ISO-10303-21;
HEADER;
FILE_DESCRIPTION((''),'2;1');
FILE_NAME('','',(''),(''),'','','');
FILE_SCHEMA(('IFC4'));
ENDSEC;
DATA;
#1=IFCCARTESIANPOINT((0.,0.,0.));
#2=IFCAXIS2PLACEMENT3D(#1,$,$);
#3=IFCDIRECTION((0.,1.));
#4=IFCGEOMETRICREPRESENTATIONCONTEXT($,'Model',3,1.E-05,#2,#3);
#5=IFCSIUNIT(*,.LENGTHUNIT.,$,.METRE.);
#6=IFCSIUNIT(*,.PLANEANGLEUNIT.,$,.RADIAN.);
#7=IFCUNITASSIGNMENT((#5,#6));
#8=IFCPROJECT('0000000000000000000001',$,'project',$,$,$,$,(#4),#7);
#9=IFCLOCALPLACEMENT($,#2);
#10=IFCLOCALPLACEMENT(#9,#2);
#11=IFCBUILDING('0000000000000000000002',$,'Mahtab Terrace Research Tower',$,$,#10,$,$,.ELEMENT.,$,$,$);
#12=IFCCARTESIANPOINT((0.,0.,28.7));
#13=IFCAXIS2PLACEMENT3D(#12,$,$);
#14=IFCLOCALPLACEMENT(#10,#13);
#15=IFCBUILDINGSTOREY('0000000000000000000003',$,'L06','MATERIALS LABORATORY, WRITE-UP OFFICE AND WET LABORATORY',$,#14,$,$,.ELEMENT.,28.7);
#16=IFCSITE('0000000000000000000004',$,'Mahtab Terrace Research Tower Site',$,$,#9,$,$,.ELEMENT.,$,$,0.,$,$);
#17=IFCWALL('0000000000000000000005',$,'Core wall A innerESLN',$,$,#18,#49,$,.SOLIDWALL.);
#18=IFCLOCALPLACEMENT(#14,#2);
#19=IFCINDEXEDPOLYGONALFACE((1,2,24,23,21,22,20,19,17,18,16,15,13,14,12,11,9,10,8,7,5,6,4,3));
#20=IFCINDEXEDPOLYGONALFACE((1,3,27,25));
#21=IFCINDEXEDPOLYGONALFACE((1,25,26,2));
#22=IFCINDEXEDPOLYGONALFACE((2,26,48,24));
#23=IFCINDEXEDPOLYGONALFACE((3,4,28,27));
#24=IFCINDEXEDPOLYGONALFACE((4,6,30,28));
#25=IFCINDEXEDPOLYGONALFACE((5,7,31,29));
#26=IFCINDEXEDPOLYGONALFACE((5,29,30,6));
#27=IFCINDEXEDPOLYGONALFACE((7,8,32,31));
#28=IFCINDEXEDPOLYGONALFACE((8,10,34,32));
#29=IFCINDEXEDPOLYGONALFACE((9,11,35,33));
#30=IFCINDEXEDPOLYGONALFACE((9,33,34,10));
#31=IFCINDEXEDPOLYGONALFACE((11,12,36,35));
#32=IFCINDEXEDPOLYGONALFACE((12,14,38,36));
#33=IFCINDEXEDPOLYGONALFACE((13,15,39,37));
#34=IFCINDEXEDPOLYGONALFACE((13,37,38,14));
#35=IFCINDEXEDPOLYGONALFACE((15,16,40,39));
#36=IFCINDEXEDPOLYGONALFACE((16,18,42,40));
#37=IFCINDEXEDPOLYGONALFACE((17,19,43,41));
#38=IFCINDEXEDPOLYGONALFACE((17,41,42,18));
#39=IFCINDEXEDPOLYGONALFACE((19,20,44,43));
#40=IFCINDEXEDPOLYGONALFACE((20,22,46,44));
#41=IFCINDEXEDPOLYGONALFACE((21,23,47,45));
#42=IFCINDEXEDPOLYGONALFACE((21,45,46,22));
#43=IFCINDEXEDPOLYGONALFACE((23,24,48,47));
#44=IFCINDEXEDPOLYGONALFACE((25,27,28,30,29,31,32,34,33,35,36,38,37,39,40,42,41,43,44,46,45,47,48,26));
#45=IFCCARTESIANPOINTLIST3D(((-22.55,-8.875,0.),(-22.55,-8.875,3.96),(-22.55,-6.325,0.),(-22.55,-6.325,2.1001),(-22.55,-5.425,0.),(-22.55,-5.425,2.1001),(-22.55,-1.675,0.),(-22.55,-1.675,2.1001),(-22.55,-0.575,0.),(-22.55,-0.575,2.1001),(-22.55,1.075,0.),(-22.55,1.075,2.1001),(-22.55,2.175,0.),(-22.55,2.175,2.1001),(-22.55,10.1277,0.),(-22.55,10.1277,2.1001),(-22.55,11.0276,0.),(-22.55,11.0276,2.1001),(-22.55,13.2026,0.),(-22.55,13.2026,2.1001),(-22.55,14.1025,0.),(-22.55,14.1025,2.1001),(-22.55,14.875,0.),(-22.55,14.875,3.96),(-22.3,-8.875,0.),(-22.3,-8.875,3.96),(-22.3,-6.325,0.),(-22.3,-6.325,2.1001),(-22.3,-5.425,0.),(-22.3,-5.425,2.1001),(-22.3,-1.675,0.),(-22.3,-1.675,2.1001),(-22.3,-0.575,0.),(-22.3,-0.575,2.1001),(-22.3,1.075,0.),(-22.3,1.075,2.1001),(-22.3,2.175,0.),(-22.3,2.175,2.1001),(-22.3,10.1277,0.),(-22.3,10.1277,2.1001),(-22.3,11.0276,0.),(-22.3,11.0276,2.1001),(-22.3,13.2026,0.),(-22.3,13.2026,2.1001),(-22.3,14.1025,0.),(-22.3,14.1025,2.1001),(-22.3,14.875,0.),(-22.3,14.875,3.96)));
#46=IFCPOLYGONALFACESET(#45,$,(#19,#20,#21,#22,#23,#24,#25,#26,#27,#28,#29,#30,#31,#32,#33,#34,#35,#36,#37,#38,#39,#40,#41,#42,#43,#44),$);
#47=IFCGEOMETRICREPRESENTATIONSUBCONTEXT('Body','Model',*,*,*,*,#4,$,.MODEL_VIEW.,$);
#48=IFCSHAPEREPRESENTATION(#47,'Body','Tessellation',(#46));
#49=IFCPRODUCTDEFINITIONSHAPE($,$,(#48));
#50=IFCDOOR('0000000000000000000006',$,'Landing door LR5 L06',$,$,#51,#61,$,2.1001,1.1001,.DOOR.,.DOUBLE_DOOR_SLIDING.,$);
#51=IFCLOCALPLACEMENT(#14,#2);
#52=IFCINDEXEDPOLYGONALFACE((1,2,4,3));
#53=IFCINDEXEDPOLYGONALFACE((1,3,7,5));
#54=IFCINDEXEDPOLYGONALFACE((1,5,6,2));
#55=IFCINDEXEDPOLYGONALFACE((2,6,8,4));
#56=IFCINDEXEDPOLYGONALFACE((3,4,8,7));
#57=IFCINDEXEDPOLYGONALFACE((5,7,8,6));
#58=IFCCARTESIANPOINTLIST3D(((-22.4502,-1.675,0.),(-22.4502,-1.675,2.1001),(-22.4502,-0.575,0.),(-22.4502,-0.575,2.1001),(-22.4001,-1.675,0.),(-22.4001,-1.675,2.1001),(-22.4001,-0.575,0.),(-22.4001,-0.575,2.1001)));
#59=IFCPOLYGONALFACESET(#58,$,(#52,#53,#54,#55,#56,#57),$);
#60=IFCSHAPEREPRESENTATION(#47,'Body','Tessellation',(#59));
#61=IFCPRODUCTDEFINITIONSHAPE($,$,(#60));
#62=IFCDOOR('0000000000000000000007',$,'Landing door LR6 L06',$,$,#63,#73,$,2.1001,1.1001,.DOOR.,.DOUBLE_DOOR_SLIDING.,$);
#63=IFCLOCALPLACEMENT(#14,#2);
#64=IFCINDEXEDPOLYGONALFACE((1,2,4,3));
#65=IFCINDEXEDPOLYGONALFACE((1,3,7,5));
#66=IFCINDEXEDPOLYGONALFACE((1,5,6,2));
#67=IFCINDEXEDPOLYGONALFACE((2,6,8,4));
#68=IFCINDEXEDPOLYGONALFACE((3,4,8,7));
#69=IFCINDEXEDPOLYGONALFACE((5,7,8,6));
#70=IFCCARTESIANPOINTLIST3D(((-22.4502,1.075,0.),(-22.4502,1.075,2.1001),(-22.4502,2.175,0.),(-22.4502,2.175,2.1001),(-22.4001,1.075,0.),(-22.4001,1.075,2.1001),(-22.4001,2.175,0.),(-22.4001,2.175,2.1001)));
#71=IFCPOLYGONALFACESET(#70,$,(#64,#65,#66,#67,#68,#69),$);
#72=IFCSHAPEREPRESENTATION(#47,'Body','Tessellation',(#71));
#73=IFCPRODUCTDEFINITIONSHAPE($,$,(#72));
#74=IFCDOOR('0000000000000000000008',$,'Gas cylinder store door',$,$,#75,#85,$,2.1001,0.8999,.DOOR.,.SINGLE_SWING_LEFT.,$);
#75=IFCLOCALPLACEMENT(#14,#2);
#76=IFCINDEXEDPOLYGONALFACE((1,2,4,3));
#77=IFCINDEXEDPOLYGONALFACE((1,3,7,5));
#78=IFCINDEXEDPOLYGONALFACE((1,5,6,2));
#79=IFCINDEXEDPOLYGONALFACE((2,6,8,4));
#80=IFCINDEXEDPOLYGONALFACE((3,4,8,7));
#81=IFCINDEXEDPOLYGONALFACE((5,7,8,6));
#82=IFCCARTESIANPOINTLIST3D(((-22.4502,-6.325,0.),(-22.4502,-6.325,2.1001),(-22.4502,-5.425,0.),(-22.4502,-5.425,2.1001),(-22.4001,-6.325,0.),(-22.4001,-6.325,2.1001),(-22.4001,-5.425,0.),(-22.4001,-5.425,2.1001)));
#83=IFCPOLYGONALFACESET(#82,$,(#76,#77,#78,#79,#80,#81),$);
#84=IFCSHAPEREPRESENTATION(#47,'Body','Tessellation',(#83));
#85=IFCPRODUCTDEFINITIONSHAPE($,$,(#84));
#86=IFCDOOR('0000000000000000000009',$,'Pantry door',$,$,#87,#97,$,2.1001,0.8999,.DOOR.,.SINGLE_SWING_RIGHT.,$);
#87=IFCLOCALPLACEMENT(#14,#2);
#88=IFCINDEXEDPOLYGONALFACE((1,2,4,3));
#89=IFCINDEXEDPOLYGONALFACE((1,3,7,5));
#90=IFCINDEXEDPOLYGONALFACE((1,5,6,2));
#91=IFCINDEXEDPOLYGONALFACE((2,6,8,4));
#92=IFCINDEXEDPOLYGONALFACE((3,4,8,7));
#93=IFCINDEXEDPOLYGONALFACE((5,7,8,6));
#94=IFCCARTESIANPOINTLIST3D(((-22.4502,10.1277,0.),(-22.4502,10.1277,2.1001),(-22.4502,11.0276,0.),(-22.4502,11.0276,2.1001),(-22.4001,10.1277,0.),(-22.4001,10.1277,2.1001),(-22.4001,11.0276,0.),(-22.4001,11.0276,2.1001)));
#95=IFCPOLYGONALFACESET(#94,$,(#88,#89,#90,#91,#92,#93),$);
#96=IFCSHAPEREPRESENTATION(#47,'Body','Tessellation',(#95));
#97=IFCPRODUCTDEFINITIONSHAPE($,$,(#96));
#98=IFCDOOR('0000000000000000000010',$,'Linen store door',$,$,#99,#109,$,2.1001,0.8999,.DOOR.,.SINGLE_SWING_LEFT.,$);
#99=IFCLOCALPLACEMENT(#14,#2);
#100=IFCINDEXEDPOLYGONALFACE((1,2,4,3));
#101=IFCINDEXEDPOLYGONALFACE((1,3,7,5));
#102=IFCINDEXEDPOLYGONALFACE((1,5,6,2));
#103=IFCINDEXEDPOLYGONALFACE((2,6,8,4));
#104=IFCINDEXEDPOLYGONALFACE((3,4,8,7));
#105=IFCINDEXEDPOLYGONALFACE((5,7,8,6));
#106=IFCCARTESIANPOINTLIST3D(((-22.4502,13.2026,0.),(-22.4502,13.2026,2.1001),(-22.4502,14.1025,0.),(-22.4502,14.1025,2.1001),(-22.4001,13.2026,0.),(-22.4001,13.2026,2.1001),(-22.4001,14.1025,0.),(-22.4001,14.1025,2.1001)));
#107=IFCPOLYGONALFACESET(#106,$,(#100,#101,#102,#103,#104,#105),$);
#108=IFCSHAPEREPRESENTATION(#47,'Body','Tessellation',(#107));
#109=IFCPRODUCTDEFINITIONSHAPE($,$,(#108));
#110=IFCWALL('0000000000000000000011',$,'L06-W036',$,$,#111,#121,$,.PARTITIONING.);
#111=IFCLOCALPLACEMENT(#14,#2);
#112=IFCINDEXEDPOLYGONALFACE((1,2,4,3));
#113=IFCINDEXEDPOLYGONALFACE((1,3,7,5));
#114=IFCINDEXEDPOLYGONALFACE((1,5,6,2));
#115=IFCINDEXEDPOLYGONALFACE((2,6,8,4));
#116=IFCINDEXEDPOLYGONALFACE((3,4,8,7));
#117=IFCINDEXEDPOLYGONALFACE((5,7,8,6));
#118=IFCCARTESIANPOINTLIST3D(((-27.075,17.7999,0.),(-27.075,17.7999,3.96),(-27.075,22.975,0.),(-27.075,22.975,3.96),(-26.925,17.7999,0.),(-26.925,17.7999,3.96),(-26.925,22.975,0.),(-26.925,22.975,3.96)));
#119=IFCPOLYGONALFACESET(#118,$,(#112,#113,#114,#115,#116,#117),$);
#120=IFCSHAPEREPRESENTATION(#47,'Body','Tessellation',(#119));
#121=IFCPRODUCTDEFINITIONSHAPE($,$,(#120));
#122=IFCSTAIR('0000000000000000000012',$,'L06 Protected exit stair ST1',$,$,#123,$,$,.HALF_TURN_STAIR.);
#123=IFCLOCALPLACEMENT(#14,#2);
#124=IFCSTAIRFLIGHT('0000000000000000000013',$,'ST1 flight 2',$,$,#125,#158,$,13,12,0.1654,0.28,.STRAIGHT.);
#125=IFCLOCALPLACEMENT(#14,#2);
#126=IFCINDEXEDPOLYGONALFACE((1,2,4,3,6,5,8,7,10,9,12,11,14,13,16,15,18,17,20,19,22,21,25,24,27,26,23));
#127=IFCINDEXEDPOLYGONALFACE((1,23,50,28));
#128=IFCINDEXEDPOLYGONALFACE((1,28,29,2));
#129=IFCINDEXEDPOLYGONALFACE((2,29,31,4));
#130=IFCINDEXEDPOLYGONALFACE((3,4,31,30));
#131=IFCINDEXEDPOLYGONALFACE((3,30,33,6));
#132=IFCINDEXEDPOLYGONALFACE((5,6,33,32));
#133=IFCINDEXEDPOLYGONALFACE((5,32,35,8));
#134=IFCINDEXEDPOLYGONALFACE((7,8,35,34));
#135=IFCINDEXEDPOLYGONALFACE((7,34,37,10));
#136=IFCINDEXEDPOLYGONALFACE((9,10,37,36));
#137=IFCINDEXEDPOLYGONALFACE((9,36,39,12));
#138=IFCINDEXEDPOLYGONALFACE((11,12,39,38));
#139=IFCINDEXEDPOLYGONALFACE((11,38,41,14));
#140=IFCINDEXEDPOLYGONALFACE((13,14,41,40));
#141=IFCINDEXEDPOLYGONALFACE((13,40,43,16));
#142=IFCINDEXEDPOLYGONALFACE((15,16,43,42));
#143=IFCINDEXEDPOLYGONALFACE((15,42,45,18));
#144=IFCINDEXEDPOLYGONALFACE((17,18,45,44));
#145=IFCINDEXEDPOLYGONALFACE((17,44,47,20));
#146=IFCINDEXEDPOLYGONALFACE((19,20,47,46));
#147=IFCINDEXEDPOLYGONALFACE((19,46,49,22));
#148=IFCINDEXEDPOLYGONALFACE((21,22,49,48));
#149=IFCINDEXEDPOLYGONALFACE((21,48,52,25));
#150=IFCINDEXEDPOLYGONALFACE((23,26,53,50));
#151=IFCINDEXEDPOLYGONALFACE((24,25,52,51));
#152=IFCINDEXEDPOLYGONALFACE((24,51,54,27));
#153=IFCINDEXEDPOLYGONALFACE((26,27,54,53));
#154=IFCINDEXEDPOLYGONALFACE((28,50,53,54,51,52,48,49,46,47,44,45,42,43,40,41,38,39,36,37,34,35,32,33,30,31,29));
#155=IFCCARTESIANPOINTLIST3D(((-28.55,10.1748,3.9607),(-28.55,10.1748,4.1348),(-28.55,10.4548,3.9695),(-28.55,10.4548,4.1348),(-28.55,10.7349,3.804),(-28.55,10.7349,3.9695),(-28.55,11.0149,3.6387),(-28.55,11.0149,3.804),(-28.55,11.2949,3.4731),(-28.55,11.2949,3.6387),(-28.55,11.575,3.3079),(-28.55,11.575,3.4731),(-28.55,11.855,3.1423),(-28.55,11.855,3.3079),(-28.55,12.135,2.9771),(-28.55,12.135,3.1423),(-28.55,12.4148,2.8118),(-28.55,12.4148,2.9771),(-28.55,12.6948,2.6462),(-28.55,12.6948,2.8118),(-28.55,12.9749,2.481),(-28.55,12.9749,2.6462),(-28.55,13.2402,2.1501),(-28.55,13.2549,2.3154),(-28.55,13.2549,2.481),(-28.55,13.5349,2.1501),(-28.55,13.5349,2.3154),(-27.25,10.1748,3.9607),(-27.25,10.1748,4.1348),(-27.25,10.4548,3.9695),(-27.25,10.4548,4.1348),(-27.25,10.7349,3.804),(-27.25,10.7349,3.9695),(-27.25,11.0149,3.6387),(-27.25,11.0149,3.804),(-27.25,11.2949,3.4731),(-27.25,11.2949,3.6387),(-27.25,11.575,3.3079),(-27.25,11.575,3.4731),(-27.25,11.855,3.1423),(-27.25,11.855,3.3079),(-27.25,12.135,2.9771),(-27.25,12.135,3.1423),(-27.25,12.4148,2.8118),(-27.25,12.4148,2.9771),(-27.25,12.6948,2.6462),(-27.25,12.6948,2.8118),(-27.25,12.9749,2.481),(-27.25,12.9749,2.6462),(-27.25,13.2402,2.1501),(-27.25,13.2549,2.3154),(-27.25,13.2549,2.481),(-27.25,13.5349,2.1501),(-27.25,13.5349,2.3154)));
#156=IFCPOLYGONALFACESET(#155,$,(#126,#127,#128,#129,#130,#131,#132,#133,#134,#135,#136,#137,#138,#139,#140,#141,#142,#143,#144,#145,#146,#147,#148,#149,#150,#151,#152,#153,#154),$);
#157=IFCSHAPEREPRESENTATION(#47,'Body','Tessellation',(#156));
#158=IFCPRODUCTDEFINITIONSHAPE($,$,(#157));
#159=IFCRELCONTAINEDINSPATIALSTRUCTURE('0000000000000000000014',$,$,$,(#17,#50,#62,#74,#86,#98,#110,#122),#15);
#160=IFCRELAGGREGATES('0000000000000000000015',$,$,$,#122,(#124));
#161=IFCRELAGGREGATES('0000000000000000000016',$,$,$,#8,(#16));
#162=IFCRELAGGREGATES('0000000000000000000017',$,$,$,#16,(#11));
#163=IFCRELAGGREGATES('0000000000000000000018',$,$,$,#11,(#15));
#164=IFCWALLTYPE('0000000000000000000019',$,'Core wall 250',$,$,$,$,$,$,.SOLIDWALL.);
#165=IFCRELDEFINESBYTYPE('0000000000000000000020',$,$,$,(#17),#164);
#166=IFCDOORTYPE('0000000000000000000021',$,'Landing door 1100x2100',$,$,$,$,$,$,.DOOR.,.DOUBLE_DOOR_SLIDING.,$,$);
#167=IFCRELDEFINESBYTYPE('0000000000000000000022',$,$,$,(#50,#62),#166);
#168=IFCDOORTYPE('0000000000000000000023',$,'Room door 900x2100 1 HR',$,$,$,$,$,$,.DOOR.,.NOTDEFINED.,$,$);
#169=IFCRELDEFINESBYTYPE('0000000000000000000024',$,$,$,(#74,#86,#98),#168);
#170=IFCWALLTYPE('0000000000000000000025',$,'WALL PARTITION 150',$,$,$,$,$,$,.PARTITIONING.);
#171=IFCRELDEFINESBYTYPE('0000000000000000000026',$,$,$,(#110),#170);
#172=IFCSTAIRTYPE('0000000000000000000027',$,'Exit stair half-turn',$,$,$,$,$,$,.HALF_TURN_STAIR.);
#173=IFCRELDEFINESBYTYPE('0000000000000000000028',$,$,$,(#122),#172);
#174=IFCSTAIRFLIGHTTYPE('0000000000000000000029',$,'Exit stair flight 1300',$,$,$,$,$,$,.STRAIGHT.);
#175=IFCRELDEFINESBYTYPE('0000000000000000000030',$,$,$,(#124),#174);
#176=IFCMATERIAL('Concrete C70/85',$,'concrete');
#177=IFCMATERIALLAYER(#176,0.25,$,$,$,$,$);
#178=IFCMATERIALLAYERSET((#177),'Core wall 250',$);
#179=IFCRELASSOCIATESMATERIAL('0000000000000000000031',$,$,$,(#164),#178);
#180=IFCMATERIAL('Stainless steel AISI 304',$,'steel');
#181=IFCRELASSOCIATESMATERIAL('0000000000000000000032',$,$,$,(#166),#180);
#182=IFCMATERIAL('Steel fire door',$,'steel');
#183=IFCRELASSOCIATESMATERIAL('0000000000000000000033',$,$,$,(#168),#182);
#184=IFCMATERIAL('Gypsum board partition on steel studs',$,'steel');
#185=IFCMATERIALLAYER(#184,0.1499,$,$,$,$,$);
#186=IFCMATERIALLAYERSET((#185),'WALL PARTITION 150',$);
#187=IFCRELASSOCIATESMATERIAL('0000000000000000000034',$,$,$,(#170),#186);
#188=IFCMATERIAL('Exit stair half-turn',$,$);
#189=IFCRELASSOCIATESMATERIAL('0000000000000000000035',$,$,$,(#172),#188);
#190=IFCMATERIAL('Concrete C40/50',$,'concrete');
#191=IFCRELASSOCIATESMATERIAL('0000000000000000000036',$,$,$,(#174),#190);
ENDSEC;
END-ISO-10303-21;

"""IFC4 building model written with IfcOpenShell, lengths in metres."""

from ifc_helpers import new_model, si_unit, direction, frame, frame_2d, origin, place, context, subcontext, project, spatial, polyline, rectangle, outline, extrude, material, layer, layer_set, type_object, element, fill, aggregate, save


model = new_model("IFC4")

# Units and contexts
model_context = context("Model", 3, precision=1e-05, world=origin(), true_north=direction((0.0, 1.0)))
body_context = subcontext(model_context, "Body", "Model", "MODEL_VIEW")
ifc_project = project(units=[si_unit("LENGTHUNIT", "METRE"), si_unit("PLANEANGLEUNIT", "RADIAN")], contexts=[model_context])

# Site, building, storey
site_placement = place(None, origin())
site = spatial("IfcSite", under=ifc_project, at=site_placement, Name="Mahtab Terrace Research Tower Site", CompositionType="ELEMENT", RefElevation=0.0)
building_placement = place(site_placement, origin())
building = spatial("IfcBuilding", under=site, at=building_placement, Name="Mahtab Terrace Research Tower", CompositionType="ELEMENT")
storey_placement = place(building_placement, frame((0.0, 0.0, 28.7)))
storey = spatial("IfcBuildingStorey", under=building, at=storey_placement, Name="L06", Description="MATERIALS LABORATORY, WRITE-UP OFFICE AND WET LABORATORY", CompositionType="ELEMENT", Elevation=28.7)

# Shared definitions
ifc_material_1 = material(Name="Concrete C70/85", Category="concrete")
ifc_layer_1 = layer(ifc_material_1, 0.25)
ifc_layer_set_1 = layer_set([ifc_layer_1], Name="Core wall 250")
wall_type_1 = type_object("IfcWallType", Name="Core wall 250", PredefinedType="SOLIDWALL", material=ifc_layer_set_1)

# Shared definitions
ifc_material_2 = material(Name="Steel fire door", Category="steel")

# Wall, openings, doors
wall_1_placement = place(storey_placement, frame((-22.425, 14.875, 0.0), z_axis=(0.0, 0.0, 1.0), x_axis=(0.0, -1.0, 0.0)))
wall_1 = element("IfcWall", 1, at=wall_1_placement, inside=storey, type_object=wall_type_1, Name="Core wall A innerESLN", PredefinedType="SOLIDWALL", context=body_context, shape_type="SweptSolid", body=[
    extrude(rectangle(XDim=23.75, YDim=0.25, at=frame_2d((11.875, 0.0))), origin(), (0.0, 0.0, 1.0), 3.96),
])
opening_1_placement = place(wall_1_placement, frame((15.45, 0.0, 0.0)))
opening_1 = element("IfcOpeningElement", 2, at=opening_1_placement, cuts=wall_1, PredefinedType="OPENING", context=body_context, shape_type="SweptSolid", body=[
    extrude(rectangle(XDim=1.1001, YDim=2.1001, at=frame_2d((0.55, 1.05))), frame((0.0, 0.135, 0.0), z_axis=(0.0, -1.0, 0.0), x_axis=(1.0, 0.0, 0.0)), (0.0, 0.0, 1.0), 0.27),
])
opening_2_placement = place(wall_1_placement, frame((12.7, 0.0, 0.0)))
opening_2 = element("IfcOpeningElement", 3, at=opening_2_placement, cuts=wall_1, PredefinedType="OPENING", context=body_context, shape_type="SweptSolid", body=[
    extrude(rectangle(XDim=1.1001, YDim=2.1001, at=frame_2d((0.55, 1.05))), frame((0.0, 0.135, 0.0), z_axis=(0.0, -1.0, 0.0), x_axis=(1.0, 0.0, 0.0)), (0.0, 0.0, 1.0), 0.27),
])
opening_3_placement = place(wall_1_placement, frame((20.3, 0.0, 0.0)))
opening_3 = element("IfcOpeningElement", 4, at=opening_3_placement, cuts=wall_1, PredefinedType="OPENING", context=body_context, shape_type="SweptSolid", body=[
    extrude(rectangle(XDim=0.8999, YDim=2.1001, at=frame_2d((0.45, 1.05))), frame((0.0, 0.135, 0.0), z_axis=(0.0, -1.0, 0.0), x_axis=(1.0, 0.0, 0.0)), (0.0, 0.0, 1.0), 0.27),
])
opening_4_placement = place(wall_1_placement, frame((3.8474, 0.0, 0.0)))
opening_4 = element("IfcOpeningElement", 5, at=opening_4_placement, cuts=wall_1, PredefinedType="OPENING", context=body_context, shape_type="SweptSolid", body=[
    extrude(rectangle(XDim=0.8999, YDim=2.1001, at=frame_2d((0.45, 1.05))), frame((0.0, 0.135, 0.0), z_axis=(0.0, -1.0, 0.0), x_axis=(1.0, 0.0, 0.0)), (0.0, 0.0, 1.0), 0.27),
])
opening_5_placement = place(wall_1_placement, frame((0.7725, 0.0, 0.0)))
opening_5 = element("IfcOpeningElement", 6, at=opening_5_placement, cuts=wall_1, PredefinedType="OPENING", context=body_context, shape_type="SweptSolid", body=[
    extrude(rectangle(XDim=0.8999, YDim=2.1001, at=frame_2d((0.45, 1.05))), frame((0.0, 0.135, 0.0), z_axis=(0.0, -1.0, 0.0), x_axis=(1.0, 0.0, 0.0)), (0.0, 0.0, 1.0), 0.27),
])
ifc_material_3 = material(Name="Stainless steel AISI 304", Category="steel")
door_type_1 = type_object("IfcDoorType", Name="Landing door 1100x2100", OperationType="DOUBLE_DOOR_SLIDING", PredefinedType="DOOR", material=ifc_material_3)
door_1_placement = place(opening_1_placement, origin())
door_1 = element("IfcDoor", 7, at=door_1_placement, inside=storey, type_object=door_type_1, Name="Landing door LR5 L06", OperationType="DOUBLE_DOOR_SLIDING", OverallHeight=2.1001, OverallWidth=1.1001, PredefinedType="DOOR", context=body_context, shape_type="SweptSolid", body=[
    extrude(rectangle(XDim=1.1001, YDim=2.1001, at=frame_2d((0.55, 1.05))), frame((0.0, 0.0249, 0.0), z_axis=(0.0, -1.0, 0.0), x_axis=(1.0, 0.0, 0.0)), (0.0, 0.0, 1.0), 0.05),
])
fill(opening_1, door_1)
door_2_placement = place(opening_2_placement, origin())
door_2 = element("IfcDoor", 8, at=door_2_placement, inside=storey, type_object=door_type_1, Name="Landing door LR6 L06", OperationType="DOUBLE_DOOR_SLIDING", OverallHeight=2.1001, OverallWidth=1.1001, PredefinedType="DOOR", context=body_context, shape_type="SweptSolid", body=[
    extrude(rectangle(XDim=1.1001, YDim=2.1001, at=frame_2d((0.55, 1.05))), frame((0.0, 0.0249, 0.0), z_axis=(0.0, -1.0, 0.0), x_axis=(1.0, 0.0, 0.0)), (0.0, 0.0, 1.0), 0.05),
])
fill(opening_2, door_2)
door_type_2 = type_object("IfcDoorType", Name="Room door 900x2100 1 HR", OperationType="NOTDEFINED", PredefinedType="DOOR", material=ifc_material_2)
door_3_placement = place(opening_3_placement, origin())
door_3 = element("IfcDoor", 9, at=door_3_placement, inside=storey, type_object=door_type_2, Name="Gas cylinder store door", OperationType="SINGLE_SWING_LEFT", OverallHeight=2.1001, OverallWidth=0.8999, PredefinedType="DOOR", context=body_context, shape_type="SweptSolid", body=[
    extrude(rectangle(XDim=0.8999, YDim=2.1001, at=frame_2d((0.45, 1.05))), frame((0.0, 0.0249, 0.0), z_axis=(0.0, -1.0, 0.0), x_axis=(1.0, 0.0, 0.0)), (0.0, 0.0, 1.0), 0.05),
])
fill(opening_3, door_3)
door_4_placement = place(opening_4_placement, origin())
door_4 = element("IfcDoor", 10, at=door_4_placement, inside=storey, type_object=door_type_2, Name="Pantry door", OperationType="SINGLE_SWING_RIGHT", OverallHeight=2.1001, OverallWidth=0.8999, PredefinedType="DOOR", context=body_context, shape_type="SweptSolid", body=[
    extrude(rectangle(XDim=0.8999, YDim=2.1001, at=frame_2d((0.45, 1.05))), frame((0.0, 0.0249, 0.0), z_axis=(0.0, -1.0, 0.0), x_axis=(1.0, 0.0, 0.0)), (0.0, 0.0, 1.0), 0.05),
])
fill(opening_4, door_4)
door_5_placement = place(opening_5_placement, origin())
door_5 = element("IfcDoor", 11, at=door_5_placement, inside=storey, type_object=door_type_2, Name="Linen store door", OperationType="SINGLE_SWING_LEFT", OverallHeight=2.1001, OverallWidth=0.8999, PredefinedType="DOOR", context=body_context, shape_type="SweptSolid", body=[
    extrude(rectangle(XDim=0.8999, YDim=2.1001, at=frame_2d((0.45, 1.05))), frame((0.0, 0.0249, 0.0), z_axis=(0.0, -1.0, 0.0), x_axis=(1.0, 0.0, 0.0)), (0.0, 0.0, 1.0), 0.05),
])
fill(opening_5, door_5)

# Wall
ifc_material_4 = material(Name="Gypsum board partition on steel studs", Category="steel")
ifc_layer_2 = layer(ifc_material_4, 0.1499)
ifc_layer_set_2 = layer_set([ifc_layer_2], Name="WALL PARTITION 150")
wall_type_2 = type_object("IfcWallType", Name="WALL PARTITION 150", PredefinedType="PARTITIONING", material=ifc_layer_set_2)
wall_2_placement = place(storey_placement, frame((-27.0, 17.8, 0.0), z_axis=(0.0, 0.0, 1.0), x_axis=(0.0, 1.0, 0.0)))
element("IfcWall", 12, at=wall_2_placement, inside=storey, type_object=wall_type_2, Name="L06-W036", PredefinedType="PARTITIONING", context=body_context, shape_type="SweptSolid", body=[
    extrude(rectangle(XDim=5.175, YDim=0.1499, at=frame_2d((2.5874, 0.0))), origin(), (0.0, 0.0, 1.0), 3.96),
])

# Stair, stair flight
ifc_material_5 = material(Name="Exit stair half-turn")
stair_type = type_object("IfcStairType", Name="Exit stair half-turn", PredefinedType="HALF_TURN_STAIR", material=ifc_material_5)
stair_placement = place(storey_placement, origin())
stair = element("IfcStair", 13, at=stair_placement, inside=storey, type_object=stair_type, Name="L06 Protected exit stair ST1", PredefinedType="HALF_TURN_STAIR")
ifc_material_6 = material(Name="Concrete C40/50", Category="concrete")
stair_flight_type = type_object("IfcStairFlightType", Name="Exit stair flight 1300", PredefinedType="STRAIGHT", material=ifc_material_6)
stair_flight_placement = place(storey_placement, frame((-27.8999, 13.5349, 2.1501), z_axis=(0.0, 0.0, 1.0), x_axis=(0.0, -1.0, 0.0)))
stair_flight = element("IfcStairFlight", 14, at=stair_flight_placement, type_object=stair_flight_type, Name="ST1 flight 2", NumberOfRisers=13, NumberOfTreads=12, PredefinedType="STRAIGHT", RiserHeight=0.1654, TreadLength=0.28, context=body_context, shape_type="SweptSolid", body=[
    extrude(outline(polyline([(0.0, 0.0), (0.0, 0.1653), (0.28, 0.1653), (0.28, 0.3308), (0.5601, 0.3308), (0.5601, 0.4961), (0.8401, 0.4961), (0.8401, 0.6616), (1.1201, 0.6616), (1.1201, 0.8269), (1.3999, 0.8269), (1.3999, 0.9922), (1.6799, 0.9922), (1.6799, 1.1577), (1.96, 1.1577), (1.96, 1.323), (2.24, 1.323), (2.24, 1.4885), (2.52, 1.4885), (2.52, 1.6538), (2.8, 1.6538), (2.8, 1.8193), (3.0801, 1.8193), (3.0801, 1.9846), (3.3601, 1.9846), (3.3601, 2.1499), (3.3601, 1.8105), (0.2947, 0.0), (0.0, 0.0)])), frame((0.0, 0.6499, 0.0), z_axis=(0.0, -1.0, 0.0), x_axis=(1.0, 0.0, 0.0)), (0.0, 0.0, 1.0), 1.3),
])
aggregate(stair, [stair_flight])

save(model, "model.ifc")
